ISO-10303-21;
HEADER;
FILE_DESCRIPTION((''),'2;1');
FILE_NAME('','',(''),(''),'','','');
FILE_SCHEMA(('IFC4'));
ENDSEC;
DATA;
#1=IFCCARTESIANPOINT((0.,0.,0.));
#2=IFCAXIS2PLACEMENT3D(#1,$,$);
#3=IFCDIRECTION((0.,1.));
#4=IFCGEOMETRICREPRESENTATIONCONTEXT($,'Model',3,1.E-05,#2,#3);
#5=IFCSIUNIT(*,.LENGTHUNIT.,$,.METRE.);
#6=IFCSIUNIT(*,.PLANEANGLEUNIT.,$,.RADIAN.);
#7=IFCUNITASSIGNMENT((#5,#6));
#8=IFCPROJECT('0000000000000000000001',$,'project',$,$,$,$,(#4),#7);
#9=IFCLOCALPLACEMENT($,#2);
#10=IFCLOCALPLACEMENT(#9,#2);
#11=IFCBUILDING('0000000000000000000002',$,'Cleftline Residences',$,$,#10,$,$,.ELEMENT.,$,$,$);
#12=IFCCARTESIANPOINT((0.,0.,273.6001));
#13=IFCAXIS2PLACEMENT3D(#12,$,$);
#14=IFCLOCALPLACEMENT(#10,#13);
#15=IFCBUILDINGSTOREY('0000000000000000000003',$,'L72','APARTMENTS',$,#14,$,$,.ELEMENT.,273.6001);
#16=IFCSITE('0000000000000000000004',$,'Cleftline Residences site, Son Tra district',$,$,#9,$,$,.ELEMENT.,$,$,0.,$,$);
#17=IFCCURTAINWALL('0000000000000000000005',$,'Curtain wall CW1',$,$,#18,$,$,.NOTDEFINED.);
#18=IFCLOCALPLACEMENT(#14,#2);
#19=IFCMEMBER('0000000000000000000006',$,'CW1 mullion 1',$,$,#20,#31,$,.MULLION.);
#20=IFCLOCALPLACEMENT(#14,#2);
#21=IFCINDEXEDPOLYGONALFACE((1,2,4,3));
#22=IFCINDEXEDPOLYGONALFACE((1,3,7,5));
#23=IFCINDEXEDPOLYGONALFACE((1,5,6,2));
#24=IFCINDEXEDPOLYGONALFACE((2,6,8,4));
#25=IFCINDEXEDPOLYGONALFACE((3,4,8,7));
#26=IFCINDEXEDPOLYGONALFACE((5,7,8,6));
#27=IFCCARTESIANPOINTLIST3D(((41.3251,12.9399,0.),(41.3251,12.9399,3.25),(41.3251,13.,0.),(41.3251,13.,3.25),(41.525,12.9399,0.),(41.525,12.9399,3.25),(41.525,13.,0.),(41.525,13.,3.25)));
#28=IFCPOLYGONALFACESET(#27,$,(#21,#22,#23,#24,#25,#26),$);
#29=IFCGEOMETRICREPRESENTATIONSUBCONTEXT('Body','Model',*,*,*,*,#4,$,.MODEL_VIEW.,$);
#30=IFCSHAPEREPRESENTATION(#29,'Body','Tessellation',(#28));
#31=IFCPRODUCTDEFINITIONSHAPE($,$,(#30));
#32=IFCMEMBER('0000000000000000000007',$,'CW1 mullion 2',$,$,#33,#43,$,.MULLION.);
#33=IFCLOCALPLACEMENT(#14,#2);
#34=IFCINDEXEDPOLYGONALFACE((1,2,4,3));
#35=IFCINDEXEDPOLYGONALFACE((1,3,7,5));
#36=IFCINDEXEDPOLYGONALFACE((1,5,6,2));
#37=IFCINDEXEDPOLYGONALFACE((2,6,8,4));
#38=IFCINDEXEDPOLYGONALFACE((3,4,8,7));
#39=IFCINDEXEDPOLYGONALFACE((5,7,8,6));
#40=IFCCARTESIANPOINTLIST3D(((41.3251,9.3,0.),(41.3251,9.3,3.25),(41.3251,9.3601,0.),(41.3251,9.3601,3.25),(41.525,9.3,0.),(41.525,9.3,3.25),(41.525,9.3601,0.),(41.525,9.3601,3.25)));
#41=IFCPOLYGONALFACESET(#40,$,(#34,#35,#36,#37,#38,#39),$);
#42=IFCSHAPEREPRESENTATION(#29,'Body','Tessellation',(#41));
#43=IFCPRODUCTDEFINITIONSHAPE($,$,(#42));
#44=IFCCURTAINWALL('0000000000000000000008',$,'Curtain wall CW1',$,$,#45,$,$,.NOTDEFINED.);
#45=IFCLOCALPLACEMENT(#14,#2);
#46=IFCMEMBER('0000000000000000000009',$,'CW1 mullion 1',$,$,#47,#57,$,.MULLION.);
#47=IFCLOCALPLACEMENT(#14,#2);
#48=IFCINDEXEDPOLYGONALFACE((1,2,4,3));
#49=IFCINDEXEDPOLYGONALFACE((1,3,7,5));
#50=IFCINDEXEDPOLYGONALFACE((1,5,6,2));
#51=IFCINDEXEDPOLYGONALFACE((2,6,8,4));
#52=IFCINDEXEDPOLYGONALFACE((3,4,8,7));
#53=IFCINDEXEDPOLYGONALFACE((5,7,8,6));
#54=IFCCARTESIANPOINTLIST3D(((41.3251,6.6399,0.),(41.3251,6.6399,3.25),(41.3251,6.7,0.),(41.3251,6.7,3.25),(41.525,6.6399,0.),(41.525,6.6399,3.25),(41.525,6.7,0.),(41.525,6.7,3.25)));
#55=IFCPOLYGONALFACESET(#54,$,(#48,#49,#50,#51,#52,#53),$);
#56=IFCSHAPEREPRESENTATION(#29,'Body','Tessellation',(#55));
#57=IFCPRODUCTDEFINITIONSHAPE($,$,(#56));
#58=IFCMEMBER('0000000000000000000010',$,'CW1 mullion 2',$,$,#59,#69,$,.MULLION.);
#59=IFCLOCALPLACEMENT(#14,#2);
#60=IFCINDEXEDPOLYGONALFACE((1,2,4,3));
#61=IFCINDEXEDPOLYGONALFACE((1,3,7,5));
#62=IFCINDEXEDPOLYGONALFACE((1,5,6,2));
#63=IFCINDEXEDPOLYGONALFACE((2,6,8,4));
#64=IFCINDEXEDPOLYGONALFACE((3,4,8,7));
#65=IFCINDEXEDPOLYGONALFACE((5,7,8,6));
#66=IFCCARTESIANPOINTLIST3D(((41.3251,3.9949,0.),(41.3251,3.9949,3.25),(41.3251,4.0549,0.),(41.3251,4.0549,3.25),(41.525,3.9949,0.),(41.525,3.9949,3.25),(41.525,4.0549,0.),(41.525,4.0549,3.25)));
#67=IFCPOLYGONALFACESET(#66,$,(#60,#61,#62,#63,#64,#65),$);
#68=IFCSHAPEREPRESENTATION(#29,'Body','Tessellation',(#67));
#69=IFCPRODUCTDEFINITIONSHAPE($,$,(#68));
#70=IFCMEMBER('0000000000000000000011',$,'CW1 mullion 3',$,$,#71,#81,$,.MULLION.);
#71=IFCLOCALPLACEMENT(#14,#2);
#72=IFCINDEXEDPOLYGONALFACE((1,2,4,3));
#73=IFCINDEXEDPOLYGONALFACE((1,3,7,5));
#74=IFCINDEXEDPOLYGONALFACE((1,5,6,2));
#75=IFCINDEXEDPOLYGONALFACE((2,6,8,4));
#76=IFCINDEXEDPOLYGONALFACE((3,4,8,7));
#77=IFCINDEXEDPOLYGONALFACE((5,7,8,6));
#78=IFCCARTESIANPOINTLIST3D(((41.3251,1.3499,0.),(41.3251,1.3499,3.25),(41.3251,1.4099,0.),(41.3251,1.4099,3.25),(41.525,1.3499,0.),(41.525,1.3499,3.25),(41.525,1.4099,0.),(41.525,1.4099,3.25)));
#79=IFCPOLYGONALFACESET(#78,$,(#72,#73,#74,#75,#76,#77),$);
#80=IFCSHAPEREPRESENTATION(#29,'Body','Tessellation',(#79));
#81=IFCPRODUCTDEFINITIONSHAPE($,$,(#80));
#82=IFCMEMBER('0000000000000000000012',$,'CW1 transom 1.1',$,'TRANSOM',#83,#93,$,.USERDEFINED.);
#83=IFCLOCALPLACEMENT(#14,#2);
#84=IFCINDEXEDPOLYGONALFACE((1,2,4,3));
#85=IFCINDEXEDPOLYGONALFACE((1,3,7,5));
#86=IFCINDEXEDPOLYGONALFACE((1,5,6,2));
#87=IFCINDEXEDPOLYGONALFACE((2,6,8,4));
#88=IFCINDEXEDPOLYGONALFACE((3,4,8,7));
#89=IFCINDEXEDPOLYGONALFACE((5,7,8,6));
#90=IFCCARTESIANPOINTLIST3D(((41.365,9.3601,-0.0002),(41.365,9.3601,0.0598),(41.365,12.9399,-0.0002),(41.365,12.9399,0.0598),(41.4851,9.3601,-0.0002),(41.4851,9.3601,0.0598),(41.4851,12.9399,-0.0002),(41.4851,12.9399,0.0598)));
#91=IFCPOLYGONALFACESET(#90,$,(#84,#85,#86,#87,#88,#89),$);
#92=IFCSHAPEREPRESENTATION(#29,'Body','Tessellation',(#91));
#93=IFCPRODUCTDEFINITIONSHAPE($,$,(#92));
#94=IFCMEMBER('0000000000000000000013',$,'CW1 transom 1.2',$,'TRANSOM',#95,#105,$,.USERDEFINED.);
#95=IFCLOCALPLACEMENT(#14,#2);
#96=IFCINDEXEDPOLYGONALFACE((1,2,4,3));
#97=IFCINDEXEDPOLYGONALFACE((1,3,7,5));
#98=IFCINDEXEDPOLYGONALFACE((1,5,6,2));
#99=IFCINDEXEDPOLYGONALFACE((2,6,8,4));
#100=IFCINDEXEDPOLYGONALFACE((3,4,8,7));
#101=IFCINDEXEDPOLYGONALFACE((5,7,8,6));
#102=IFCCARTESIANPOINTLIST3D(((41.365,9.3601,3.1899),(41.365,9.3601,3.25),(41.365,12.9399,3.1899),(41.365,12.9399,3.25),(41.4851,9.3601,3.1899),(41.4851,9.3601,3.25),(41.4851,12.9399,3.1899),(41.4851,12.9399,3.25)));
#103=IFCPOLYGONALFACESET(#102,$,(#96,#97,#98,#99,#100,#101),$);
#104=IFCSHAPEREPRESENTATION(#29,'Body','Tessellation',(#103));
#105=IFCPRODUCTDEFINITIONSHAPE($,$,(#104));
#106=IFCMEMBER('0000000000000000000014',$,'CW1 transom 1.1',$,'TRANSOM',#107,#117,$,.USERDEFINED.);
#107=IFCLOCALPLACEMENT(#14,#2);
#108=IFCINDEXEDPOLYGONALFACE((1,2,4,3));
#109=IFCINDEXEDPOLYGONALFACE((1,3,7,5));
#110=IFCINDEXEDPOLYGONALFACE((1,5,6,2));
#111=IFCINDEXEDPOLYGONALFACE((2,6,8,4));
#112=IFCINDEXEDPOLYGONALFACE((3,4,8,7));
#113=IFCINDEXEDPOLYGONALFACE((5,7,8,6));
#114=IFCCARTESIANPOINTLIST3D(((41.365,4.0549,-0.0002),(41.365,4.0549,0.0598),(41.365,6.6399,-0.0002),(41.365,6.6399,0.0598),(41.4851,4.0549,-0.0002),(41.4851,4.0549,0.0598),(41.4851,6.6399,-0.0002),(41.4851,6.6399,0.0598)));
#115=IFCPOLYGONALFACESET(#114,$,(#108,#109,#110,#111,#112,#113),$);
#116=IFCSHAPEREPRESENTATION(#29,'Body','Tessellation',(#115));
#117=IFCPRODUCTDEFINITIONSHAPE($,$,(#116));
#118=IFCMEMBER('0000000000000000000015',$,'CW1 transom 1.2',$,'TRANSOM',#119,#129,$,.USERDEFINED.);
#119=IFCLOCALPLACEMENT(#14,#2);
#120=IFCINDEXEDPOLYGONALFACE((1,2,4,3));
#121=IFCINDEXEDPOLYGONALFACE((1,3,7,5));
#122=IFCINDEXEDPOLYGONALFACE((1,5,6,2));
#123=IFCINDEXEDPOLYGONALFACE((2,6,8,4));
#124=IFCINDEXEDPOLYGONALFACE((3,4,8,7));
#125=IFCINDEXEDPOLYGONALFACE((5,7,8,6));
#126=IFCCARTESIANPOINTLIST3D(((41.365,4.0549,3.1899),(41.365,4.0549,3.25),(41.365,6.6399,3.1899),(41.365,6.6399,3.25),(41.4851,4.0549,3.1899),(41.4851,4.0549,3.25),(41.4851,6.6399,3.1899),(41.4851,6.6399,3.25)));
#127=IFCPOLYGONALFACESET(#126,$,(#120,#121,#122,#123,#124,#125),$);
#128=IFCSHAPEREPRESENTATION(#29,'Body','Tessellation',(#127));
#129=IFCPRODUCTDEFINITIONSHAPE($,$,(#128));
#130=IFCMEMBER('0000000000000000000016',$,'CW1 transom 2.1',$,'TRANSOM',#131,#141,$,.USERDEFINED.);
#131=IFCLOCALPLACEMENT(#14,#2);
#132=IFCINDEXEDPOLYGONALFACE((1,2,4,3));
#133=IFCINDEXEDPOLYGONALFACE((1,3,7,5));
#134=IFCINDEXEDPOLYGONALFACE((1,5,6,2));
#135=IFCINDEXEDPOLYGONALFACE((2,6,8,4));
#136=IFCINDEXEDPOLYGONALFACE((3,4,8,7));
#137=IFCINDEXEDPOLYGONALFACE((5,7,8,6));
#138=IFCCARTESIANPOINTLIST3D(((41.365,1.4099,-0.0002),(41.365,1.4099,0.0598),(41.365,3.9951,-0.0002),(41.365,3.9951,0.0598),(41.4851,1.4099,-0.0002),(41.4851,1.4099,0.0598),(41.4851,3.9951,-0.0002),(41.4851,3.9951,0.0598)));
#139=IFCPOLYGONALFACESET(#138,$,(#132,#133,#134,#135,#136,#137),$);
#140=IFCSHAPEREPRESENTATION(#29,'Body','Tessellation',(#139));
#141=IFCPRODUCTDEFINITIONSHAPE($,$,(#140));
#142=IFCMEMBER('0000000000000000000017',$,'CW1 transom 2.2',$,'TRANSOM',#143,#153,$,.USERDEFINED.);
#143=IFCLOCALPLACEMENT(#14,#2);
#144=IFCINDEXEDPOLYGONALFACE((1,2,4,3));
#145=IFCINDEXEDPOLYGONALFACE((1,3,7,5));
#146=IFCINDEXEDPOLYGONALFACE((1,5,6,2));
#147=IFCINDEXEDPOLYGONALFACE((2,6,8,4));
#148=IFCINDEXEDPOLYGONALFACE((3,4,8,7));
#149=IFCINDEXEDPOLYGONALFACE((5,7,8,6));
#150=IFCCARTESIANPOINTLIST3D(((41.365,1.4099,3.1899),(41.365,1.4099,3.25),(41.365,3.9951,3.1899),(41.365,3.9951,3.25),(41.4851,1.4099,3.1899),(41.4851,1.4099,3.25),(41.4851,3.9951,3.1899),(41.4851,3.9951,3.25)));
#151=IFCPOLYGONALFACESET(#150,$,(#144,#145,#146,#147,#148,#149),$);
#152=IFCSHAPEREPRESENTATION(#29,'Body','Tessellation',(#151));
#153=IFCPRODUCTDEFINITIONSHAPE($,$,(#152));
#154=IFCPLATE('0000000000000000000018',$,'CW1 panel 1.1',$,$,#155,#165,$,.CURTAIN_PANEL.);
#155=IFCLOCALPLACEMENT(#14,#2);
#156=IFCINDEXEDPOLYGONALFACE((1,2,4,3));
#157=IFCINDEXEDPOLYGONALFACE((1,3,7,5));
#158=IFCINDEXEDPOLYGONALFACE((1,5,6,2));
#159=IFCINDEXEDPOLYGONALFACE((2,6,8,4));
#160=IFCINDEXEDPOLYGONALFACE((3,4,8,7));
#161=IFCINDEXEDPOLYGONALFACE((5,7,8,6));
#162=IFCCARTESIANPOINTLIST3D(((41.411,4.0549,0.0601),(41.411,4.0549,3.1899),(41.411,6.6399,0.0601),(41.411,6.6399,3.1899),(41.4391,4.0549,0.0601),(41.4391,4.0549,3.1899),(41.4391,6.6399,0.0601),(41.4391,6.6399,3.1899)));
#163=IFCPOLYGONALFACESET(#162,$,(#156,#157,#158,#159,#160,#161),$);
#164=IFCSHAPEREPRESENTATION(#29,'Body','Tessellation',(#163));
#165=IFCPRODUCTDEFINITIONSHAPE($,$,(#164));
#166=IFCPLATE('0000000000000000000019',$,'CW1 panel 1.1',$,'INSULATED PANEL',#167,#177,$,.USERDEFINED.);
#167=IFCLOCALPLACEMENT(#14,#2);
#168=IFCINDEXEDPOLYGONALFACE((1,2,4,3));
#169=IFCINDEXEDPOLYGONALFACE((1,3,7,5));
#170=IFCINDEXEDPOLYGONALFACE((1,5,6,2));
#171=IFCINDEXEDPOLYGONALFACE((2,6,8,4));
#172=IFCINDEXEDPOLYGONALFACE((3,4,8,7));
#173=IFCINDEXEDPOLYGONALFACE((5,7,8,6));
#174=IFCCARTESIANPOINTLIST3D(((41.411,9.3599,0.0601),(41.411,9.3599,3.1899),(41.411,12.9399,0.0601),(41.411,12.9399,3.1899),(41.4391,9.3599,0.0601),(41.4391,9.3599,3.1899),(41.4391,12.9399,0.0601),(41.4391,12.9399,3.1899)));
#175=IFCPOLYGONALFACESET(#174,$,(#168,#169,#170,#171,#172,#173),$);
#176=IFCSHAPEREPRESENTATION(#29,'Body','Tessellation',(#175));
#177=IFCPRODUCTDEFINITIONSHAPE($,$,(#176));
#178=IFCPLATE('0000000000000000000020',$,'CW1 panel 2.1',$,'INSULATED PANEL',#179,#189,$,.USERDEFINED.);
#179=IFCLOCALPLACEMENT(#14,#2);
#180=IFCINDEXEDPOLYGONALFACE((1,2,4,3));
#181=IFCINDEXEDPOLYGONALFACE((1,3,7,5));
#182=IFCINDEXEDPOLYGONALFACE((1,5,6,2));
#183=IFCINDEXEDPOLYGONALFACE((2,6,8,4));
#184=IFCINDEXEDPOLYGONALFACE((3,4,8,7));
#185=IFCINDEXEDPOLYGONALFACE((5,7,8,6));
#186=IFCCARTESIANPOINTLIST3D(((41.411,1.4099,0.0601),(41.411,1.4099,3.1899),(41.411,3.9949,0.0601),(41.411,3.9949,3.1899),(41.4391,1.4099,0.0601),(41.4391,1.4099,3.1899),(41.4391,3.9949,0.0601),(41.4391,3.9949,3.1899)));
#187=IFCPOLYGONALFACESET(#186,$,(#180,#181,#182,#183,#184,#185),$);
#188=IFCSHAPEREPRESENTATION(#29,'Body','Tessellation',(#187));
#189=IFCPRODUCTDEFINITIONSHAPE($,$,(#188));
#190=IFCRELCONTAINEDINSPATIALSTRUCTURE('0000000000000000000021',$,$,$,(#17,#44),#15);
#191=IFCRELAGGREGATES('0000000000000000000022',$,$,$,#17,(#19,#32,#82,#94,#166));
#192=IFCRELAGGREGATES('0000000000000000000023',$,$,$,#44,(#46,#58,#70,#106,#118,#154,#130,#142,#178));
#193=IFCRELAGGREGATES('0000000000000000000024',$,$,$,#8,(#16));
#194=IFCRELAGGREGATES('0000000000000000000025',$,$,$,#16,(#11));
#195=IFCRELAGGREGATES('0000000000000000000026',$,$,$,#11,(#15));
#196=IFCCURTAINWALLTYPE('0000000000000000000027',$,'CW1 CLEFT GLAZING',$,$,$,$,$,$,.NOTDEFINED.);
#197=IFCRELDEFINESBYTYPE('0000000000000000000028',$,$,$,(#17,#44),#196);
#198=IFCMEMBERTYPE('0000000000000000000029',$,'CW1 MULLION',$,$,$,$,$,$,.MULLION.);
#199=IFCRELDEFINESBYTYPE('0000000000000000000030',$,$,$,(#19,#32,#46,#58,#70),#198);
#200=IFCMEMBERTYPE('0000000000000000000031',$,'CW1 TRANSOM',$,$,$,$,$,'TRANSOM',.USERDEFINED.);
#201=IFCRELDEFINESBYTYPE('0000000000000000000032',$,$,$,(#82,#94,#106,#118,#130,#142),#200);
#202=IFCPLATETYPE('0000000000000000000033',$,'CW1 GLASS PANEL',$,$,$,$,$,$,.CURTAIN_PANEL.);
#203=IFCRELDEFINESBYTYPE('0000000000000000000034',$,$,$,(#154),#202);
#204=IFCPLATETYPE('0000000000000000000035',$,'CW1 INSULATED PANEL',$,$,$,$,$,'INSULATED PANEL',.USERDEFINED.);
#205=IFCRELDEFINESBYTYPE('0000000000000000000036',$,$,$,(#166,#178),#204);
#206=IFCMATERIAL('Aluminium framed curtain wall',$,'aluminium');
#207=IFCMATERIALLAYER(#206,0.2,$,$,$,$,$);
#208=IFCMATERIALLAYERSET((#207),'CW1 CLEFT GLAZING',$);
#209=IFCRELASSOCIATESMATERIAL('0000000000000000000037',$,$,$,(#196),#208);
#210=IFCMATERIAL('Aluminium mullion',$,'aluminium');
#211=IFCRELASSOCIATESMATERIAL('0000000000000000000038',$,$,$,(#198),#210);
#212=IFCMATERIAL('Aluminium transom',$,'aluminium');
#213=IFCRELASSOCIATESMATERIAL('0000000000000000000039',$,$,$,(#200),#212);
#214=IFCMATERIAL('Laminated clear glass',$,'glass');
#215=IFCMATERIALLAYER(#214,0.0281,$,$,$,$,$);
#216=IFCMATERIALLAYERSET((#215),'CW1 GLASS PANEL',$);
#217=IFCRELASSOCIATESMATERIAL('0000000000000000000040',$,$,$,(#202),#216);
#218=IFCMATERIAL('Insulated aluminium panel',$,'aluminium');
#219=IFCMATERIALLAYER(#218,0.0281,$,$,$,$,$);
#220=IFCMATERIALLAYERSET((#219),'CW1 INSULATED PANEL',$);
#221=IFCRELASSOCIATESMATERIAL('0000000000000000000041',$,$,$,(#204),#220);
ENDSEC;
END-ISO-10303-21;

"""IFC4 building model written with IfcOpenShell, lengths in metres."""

from ifc_helpers import new_model, si_unit, direction, frame, origin, origin_2d, place, context, subcontext, project, spatial, rectangle, extrude, material, layer, layer_set, material_profile, profile_set, type_object, element, aggregate, save


model = new_model("IFC4")

# Units and contexts
model_context = context("Model", 3, precision=1e-05, world=origin(), true_north=direction((0.0, 1.0)))
body_context = subcontext(model_context, "Body", "Model", "MODEL_VIEW")
ifc_project = project(units=[si_unit("LENGTHUNIT", "METRE"), si_unit("PLANEANGLEUNIT", "RADIAN")], contexts=[model_context])

# Site, building, storey
site_placement = place(None, origin())
site = spatial("IfcSite", under=ifc_project, at=site_placement, Name="Cleftline Residences site, Son Tra district", CompositionType="ELEMENT", RefElevation=0.0)
building_placement = place(site_placement, origin())
building = spatial("IfcBuilding", under=site, at=building_placement, Name="Cleftline Residences", CompositionType="ELEMENT")
storey_placement = place(building_placement, frame((0.0, 0.0, 273.6001)))
storey = spatial("IfcBuildingStorey", under=building, at=storey_placement, Name="L72", Description="APARTMENTS", CompositionType="ELEMENT", Elevation=273.6001)

# Curtain walls, members
ifc_material_1 = material(Name="Aluminium framed curtain wall", Category="aluminium")
ifc_layer_1 = layer(ifc_material_1, 0.2)
ifc_layer_set_1 = layer_set([ifc_layer_1], Name="CW1 CLEFT GLAZING")
curtain_wall_type = type_object("IfcCurtainWallType", Name="CW1 CLEFT GLAZING", PredefinedType="NOTDEFINED", material=ifc_layer_set_1)
curtain_wall_1_placement = place(storey_placement, origin())
curtain_wall_1 = element("IfcCurtainWall", 1, at=curtain_wall_1_placement, inside=storey, type_object=curtain_wall_type, Name="Curtain wall CW1", PredefinedType="NOTDEFINED")
ifc_material_2 = material(Name="Aluminium mullion", Category="aluminium")
ifc_material_profile_1 = material_profile(ifc_material_2, rectangle(XDim=0.2, YDim=0.0601, at=origin_2d()))
ifc_profile_set_1 = profile_set([ifc_material_profile_1], Name="Aluminium mullion")
member_type_1 = type_object("IfcMemberType", Name="CW1 MULLION", PredefinedType="MULLION", material=ifc_profile_set_1)
member_1_placement = place(storey_placement, frame((41.425, 12.97, 0.0), z_axis=(0.0, 0.0, 1.0), x_axis=(1.0, 0.0, 0.0)))
member_1 = element("IfcMember", 2, at=member_1_placement, type_object=member_type_1, Name="CW1 mullion 1", PredefinedType="MULLION", context=body_context, shape_type="SweptSolid", body=[
    extrude(rectangle(XDim=0.2, YDim=0.0601, at=origin_2d()), origin(), (0.0, 0.0, 1.0), 3.25),
])
member_2_placement = place(storey_placement, frame((41.425, 9.3301, 0.0), z_axis=(0.0, 0.0, 1.0), x_axis=(1.0, 0.0, 0.0)))
member_2 = element("IfcMember", 3, at=member_2_placement, type_object=member_type_1, Name="CW1 mullion 2", PredefinedType="MULLION", context=body_context, shape_type="SweptSolid", body=[
    extrude(rectangle(XDim=0.2, YDim=0.0601, at=origin_2d()), origin(), (0.0, 0.0, 1.0), 3.25),
])
curtain_wall_2_placement = place(storey_placement, origin())
curtain_wall_2 = element("IfcCurtainWall", 4, at=curtain_wall_2_placement, inside=storey, type_object=curtain_wall_type, Name="Curtain wall CW1", PredefinedType="NOTDEFINED")
member_3_placement = place(storey_placement, frame((41.425, 6.6699, 0.0), z_axis=(0.0, 0.0, 1.0), x_axis=(1.0, 0.0, 0.0)))
member_3 = element("IfcMember", 5, at=member_3_placement, type_object=member_type_1, Name="CW1 mullion 1", PredefinedType="MULLION", context=body_context, shape_type="SweptSolid", body=[
    extrude(rectangle(XDim=0.2, YDim=0.0601, at=origin_2d()), origin(), (0.0, 0.0, 1.0), 3.25),
])
member_4_placement = place(storey_placement, frame((41.425, 4.0249, 0.0), z_axis=(0.0, 0.0, 1.0), x_axis=(1.0, 0.0, 0.0)))
member_4 = element("IfcMember", 6, at=member_4_placement, type_object=member_type_1, Name="CW1 mullion 2", PredefinedType="MULLION", context=body_context, shape_type="SweptSolid", body=[
    extrude(rectangle(XDim=0.2, YDim=0.0601, at=origin_2d()), origin(), (0.0, 0.0, 1.0), 3.25),
])
member_5_placement = place(storey_placement, frame((41.425, 1.3799, 0.0), z_axis=(0.0, 0.0, 1.0), x_axis=(1.0, 0.0, 0.0)))
member_5 = element("IfcMember", 7, at=member_5_placement, type_object=member_type_1, Name="CW1 mullion 3", PredefinedType="MULLION", context=body_context, shape_type="SweptSolid", body=[
    extrude(rectangle(XDim=0.2, YDim=0.0601, at=origin_2d()), origin(), (0.0, 0.0, 1.0), 3.25),
])

# Members
ifc_material_3 = material(Name="Aluminium transom", Category="aluminium")
ifc_material_profile_2 = material_profile(ifc_material_3, rectangle(XDim=0.1201, YDim=0.0601, at=origin_2d()))
ifc_profile_set_2 = profile_set([ifc_material_profile_2], Name="Aluminium transom")
member_type_2 = type_object("IfcMemberType", Name="CW1 TRANSOM", ElementType="TRANSOM", PredefinedType="USERDEFINED", material=ifc_profile_set_2)
member_6_placement = place(storey_placement, frame((41.425, 12.9399, 0.0298), z_axis=(0.0, -1.0, 0.0), x_axis=(1.0, 0.0, 0.0)))
member_6 = element("IfcMember", 8, at=member_6_placement, type_object=member_type_2, Name="CW1 transom 1.1", ObjectType="TRANSOM", PredefinedType="USERDEFINED", context=body_context, shape_type="SweptSolid", body=[
    extrude(rectangle(XDim=0.1201, YDim=0.0601, at=origin_2d()), origin(), (0.0, 0.0, 1.0), 3.5798),
])
member_7_placement = place(storey_placement, frame((41.425, 12.9399, 3.22), z_axis=(0.0, -1.0, 0.0), x_axis=(1.0, 0.0, 0.0)))
member_7 = element("IfcMember", 9, at=member_7_placement, type_object=member_type_2, Name="CW1 transom 1.2", ObjectType="TRANSOM", PredefinedType="USERDEFINED", context=body_context, shape_type="SweptSolid", body=[
    extrude(rectangle(XDim=0.1201, YDim=0.0601, at=origin_2d()), origin(), (0.0, 0.0, 1.0), 3.5798),
])
member_8_placement = place(storey_placement, frame((41.425, 6.6399, 0.0298), z_axis=(0.0, -1.0, 0.0), x_axis=(1.0, 0.0, 0.0)))
member_8 = element("IfcMember", 10, at=member_8_placement, type_object=member_type_2, Name="CW1 transom 1.1", ObjectType="TRANSOM", PredefinedType="USERDEFINED", context=body_context, shape_type="SweptSolid", body=[
    extrude(rectangle(XDim=0.1201, YDim=0.0601, at=origin_2d()), origin(), (0.0, 0.0, 1.0), 2.585),
])
member_9_placement = place(storey_placement, frame((41.425, 6.6399, 3.22), z_axis=(0.0, -1.0, 0.0), x_axis=(1.0, 0.0, 0.0)))
member_9 = element("IfcMember", 11, at=member_9_placement, type_object=member_type_2, Name="CW1 transom 1.2", ObjectType="TRANSOM", PredefinedType="USERDEFINED", context=body_context, shape_type="SweptSolid", body=[
    extrude(rectangle(XDim=0.1201, YDim=0.0601, at=origin_2d()), origin(), (0.0, 0.0, 1.0), 2.585),
])
member_10_placement = place(storey_placement, frame((41.425, 3.9951, 0.0298), z_axis=(0.0, -1.0, 0.0), x_axis=(1.0, 0.0, 0.0)))
member_10 = element("IfcMember", 12, at=member_10_placement, type_object=member_type_2, Name="CW1 transom 2.1", ObjectType="TRANSOM", PredefinedType="USERDEFINED", context=body_context, shape_type="SweptSolid", body=[
    extrude(rectangle(XDim=0.1201, YDim=0.0601, at=origin_2d()), origin(), (0.0, 0.0, 1.0), 2.5852),
])
member_11_placement = place(storey_placement, frame((41.425, 3.9951, 3.22), z_axis=(0.0, -1.0, 0.0), x_axis=(1.0, 0.0, 0.0)))
member_11 = element("IfcMember", 13, at=member_11_placement, type_object=member_type_2, Name="CW1 transom 2.2", ObjectType="TRANSOM", PredefinedType="USERDEFINED", context=body_context, shape_type="SweptSolid", body=[
    extrude(rectangle(XDim=0.1201, YDim=0.0601, at=origin_2d()), origin(), (0.0, 0.0, 1.0), 2.5852),
])

# Plates
ifc_material_4 = material(Name="Laminated clear glass", Category="glass")
ifc_layer_2 = layer(ifc_material_4, 0.0281)
ifc_layer_set_2 = layer_set([ifc_layer_2], Name="CW1 GLASS PANEL")
plate_type_1 = type_object("IfcPlateType", Name="CW1 GLASS PANEL", PredefinedType="CURTAIN_PANEL", material=ifc_layer_set_2)
plate_1_placement = place(storey_placement, frame((41.425, 5.3474, 0.0601), z_axis=(0.0, 0.0, 1.0), x_axis=(0.0, -1.0, 0.0)))
plate_1 = element("IfcPlate", 14, at=plate_1_placement, type_object=plate_type_1, Name="CW1 panel 1.1", PredefinedType="CURTAIN_PANEL", context=body_context, shape_type="SweptSolid", body=[
    extrude(rectangle(XDim=2.585, YDim=0.0281, at=origin_2d()), origin(), (0.0, 0.0, 1.0), 3.1299),
])
ifc_material_5 = material(Name="Insulated aluminium panel", Category="aluminium")
ifc_layer_3 = layer(ifc_material_5, 0.0281)
ifc_layer_set_3 = layer_set([ifc_layer_3], Name="CW1 INSULATED PANEL")
plate_type_2 = type_object("IfcPlateType", Name="CW1 INSULATED PANEL", ElementType="INSULATED PANEL", PredefinedType="USERDEFINED", material=ifc_layer_set_3)
plate_2_placement = place(storey_placement, frame((41.425, 11.1499, 0.0601), z_axis=(0.0, 0.0, 1.0), x_axis=(0.0, -1.0, 0.0)))
plate_2 = element("IfcPlate", 15, at=plate_2_placement, type_object=plate_type_2, Name="CW1 panel 1.1", ObjectType="INSULATED PANEL", PredefinedType="USERDEFINED", context=body_context, shape_type="SweptSolid", body=[
    extrude(rectangle(XDim=3.5801, YDim=0.0281, at=origin_2d()), origin(), (0.0, 0.0, 1.0), 3.1299),
])
aggregate(curtain_wall_1, [member_1, member_2, member_6, member_7, plate_2])
plate_3_placement = place(storey_placement, frame((41.425, 2.7024, 0.0601), z_axis=(0.0, 0.0, 1.0), x_axis=(0.0, -1.0, 0.0)))
plate_3 = element("IfcPlate", 16, at=plate_3_placement, type_object=plate_type_2, Name="CW1 panel 2.1", ObjectType="INSULATED PANEL", PredefinedType="USERDEFINED", context=body_context, shape_type="SweptSolid", body=[
    extrude(rectangle(XDim=2.585, YDim=0.0281, at=origin_2d()), origin(), (0.0, 0.0, 1.0), 3.1299),
])
aggregate(curtain_wall_2, [member_3, member_4, member_5, member_8, member_9, plate_1, member_10, member_11, plate_3])

save(model, "model.ifc")
